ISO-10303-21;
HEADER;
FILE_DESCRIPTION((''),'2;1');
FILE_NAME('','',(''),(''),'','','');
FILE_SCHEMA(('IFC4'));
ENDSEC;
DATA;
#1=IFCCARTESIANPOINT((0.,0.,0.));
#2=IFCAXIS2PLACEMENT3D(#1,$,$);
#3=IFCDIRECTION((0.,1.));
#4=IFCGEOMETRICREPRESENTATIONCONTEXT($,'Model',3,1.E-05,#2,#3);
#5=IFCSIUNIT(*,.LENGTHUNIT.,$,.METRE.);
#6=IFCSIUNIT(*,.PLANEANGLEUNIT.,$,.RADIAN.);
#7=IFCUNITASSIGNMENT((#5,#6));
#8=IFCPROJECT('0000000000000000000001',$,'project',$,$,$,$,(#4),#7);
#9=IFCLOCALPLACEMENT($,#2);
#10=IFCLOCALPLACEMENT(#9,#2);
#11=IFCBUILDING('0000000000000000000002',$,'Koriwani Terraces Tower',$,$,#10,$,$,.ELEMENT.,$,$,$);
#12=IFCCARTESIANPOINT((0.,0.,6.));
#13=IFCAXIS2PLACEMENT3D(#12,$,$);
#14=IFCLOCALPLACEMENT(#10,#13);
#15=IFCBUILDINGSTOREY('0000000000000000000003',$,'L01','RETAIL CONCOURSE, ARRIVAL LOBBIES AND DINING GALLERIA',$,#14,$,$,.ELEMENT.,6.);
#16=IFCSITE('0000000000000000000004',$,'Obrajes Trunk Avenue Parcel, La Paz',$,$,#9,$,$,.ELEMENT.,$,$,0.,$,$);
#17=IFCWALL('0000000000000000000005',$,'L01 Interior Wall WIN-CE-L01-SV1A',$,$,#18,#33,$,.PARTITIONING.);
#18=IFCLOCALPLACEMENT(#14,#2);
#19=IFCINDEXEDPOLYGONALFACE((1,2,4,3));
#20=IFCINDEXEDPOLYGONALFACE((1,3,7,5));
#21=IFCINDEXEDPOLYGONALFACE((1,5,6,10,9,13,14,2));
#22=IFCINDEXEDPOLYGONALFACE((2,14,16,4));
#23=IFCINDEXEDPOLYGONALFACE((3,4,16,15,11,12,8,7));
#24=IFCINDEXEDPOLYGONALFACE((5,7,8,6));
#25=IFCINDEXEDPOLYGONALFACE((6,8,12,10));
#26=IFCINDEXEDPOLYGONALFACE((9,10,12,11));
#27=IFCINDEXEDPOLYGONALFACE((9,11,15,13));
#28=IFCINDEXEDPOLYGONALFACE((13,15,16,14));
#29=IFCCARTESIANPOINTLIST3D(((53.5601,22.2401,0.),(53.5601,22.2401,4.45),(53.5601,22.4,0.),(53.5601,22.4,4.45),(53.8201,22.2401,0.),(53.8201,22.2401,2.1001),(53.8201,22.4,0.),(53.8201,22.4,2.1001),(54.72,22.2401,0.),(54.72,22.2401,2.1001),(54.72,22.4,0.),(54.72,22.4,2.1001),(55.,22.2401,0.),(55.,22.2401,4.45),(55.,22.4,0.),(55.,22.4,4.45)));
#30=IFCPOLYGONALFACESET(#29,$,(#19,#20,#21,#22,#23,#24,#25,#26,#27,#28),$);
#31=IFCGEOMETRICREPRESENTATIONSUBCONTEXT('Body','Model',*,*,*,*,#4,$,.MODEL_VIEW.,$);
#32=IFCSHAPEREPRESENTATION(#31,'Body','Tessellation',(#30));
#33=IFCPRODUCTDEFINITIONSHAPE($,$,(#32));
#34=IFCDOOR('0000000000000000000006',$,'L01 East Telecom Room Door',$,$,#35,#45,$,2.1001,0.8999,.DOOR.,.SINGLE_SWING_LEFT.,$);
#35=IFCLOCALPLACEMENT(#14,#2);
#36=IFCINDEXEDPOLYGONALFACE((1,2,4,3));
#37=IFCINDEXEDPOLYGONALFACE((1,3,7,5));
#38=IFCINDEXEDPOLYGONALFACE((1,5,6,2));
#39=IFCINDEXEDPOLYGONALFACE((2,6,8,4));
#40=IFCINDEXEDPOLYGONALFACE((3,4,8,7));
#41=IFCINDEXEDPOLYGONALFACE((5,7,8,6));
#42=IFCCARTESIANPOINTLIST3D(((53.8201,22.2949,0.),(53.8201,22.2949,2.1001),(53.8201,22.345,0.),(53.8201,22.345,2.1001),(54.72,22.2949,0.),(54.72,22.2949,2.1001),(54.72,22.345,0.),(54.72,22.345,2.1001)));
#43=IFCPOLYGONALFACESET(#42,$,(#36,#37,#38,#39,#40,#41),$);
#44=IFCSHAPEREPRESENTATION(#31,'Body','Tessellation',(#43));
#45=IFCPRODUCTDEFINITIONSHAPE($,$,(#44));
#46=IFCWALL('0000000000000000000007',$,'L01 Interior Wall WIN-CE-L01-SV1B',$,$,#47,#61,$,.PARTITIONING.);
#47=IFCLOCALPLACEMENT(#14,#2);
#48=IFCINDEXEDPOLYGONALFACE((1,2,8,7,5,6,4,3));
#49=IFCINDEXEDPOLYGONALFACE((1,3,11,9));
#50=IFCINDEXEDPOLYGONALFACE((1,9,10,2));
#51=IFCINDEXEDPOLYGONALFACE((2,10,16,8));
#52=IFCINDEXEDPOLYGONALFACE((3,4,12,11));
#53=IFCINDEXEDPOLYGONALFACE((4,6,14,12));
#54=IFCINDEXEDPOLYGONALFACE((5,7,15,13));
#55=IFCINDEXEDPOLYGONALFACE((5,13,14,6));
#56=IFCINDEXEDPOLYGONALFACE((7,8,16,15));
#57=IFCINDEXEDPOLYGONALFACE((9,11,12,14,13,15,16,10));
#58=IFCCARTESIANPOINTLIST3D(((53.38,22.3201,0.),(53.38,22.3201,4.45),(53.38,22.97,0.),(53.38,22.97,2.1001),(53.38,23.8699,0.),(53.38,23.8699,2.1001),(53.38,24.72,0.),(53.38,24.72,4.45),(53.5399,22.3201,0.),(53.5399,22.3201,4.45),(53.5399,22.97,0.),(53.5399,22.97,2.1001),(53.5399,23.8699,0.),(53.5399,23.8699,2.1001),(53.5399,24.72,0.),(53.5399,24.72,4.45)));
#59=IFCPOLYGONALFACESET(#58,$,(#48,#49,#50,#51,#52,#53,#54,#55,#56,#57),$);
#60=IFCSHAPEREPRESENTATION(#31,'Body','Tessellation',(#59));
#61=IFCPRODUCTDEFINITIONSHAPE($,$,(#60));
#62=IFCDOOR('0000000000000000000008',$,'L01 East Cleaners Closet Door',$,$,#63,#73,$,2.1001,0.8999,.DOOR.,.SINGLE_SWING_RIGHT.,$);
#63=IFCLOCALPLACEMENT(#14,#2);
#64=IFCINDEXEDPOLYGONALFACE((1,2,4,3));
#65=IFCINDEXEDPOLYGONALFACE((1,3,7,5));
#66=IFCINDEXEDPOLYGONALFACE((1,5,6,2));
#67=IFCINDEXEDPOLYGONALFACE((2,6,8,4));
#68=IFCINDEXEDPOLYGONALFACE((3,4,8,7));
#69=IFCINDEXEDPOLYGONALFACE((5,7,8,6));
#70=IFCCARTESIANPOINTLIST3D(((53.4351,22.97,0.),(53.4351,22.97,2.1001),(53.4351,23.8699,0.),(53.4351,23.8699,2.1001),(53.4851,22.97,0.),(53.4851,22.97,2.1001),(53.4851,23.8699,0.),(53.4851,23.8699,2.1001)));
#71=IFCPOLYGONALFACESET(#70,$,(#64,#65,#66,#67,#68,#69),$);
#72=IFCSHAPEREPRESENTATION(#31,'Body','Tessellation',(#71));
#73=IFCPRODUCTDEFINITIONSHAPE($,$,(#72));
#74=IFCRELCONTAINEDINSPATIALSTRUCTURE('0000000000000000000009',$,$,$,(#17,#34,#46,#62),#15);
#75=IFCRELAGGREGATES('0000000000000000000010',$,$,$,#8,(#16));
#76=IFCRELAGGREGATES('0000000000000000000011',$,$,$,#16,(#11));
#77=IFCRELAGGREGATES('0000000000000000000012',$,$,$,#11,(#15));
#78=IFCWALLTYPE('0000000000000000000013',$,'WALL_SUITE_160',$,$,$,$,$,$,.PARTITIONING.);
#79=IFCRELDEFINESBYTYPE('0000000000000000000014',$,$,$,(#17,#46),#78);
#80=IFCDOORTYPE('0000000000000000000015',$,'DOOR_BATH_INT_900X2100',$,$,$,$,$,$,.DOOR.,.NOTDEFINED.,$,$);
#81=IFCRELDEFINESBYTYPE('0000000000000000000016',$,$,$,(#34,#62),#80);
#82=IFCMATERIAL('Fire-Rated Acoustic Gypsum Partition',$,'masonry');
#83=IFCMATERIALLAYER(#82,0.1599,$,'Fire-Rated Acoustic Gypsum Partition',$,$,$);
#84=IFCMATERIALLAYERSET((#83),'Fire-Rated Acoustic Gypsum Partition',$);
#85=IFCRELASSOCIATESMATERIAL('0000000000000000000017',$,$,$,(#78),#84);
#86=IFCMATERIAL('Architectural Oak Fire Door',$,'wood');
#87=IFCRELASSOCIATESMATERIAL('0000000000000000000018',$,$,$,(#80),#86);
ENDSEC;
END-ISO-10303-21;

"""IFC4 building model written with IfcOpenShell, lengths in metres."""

from ifc_helpers import new_model, si_unit, direction, frame, frame_2d, origin, place, context, subcontext, project, spatial, rectangle, extrude, material, layer, layer_set, type_object, element, fill, save


model = new_model("IFC4")

# Units and contexts
model_context = context("Model", 3, precision=1e-05, world=origin(), true_north=direction((0.0, 1.0)))
body_context = subcontext(model_context, "Body", "Model", "MODEL_VIEW")
ifc_project = project(units=[si_unit("LENGTHUNIT", "METRE"), si_unit("PLANEANGLEUNIT", "RADIAN")], contexts=[model_context])

# Site, building, storey
site_placement = place(None, origin())
site = spatial("IfcSite", under=ifc_project, at=site_placement, Name="Obrajes Trunk Avenue Parcel, La Paz", CompositionType="ELEMENT", RefElevation=0.0)
building_placement = place(site_placement, origin())
building = spatial("IfcBuilding", under=site, at=building_placement, Name="Koriwani Terraces Tower", CompositionType="ELEMENT")
storey_placement = place(building_placement, frame((0.0, 0.0, 6.0)))
storey = spatial("IfcBuildingStorey", under=building, at=storey_placement, Name="L01", Description="RETAIL CONCOURSE, ARRIVAL LOBBIES AND DINING GALLERIA", CompositionType="ELEMENT", Elevation=6.0)

# Walls, openings, doors
ifc_material_1 = material(Name="Fire-Rated Acoustic Gypsum Partition", Category="masonry")
ifc_layer_1 = layer(ifc_material_1, 0.1599, Name="Fire-Rated Acoustic Gypsum Partition")
ifc_layer_set_1 = layer_set([ifc_layer_1], Name="Fire-Rated Acoustic Gypsum Partition")
wall_type_1 = type_object("IfcWallType", Name="WALL_SUITE_160", PredefinedType="PARTITIONING", material=ifc_layer_set_1)
wall_1_placement = place(storey_placement, frame((53.5601, 22.3201, 0.0), z_axis=(0.0, 0.0, 1.0), x_axis=(1.0, 0.0, 0.0)))
wall_1 = element("IfcWall", 1, at=wall_1_placement, inside=storey, type_object=wall_type_1, Name="L01 Interior Wall WIN-CE-L01-SV1A", PredefinedType="PARTITIONING", context=body_context, shape_type="SweptSolid", body=[
    extrude(rectangle(XDim=1.4399, YDim=0.1599, at=frame_2d((0.72, 0.0))), origin(), (0.0, 0.0, 1.0), 4.45),
])
opening_1_placement = place(wall_1_placement, frame((0.26, 0.0, 0.0)))
opening_1 = element("IfcOpeningElement", 2, at=opening_1_placement, cuts=wall_1, PredefinedType="OPENING", context=body_context, shape_type="SweptSolid", body=[
    extrude(rectangle(XDim=0.8999, YDim=2.1001, at=frame_2d((0.45, 1.05))), frame((0.0, 0.0898, 0.0), z_axis=(0.0, -1.0, 0.0), x_axis=(1.0, 0.0, 0.0)), (0.0, 0.0, 1.0), 0.1799),
])
ifc_material_2 = material(Name="Architectural Oak Fire Door", Category="wood")
door_type_1 = type_object("IfcDoorType", Name="DOOR_BATH_INT_900X2100", OperationType="NOTDEFINED", PredefinedType="DOOR", material=ifc_material_2)
door_1_placement = place(opening_1_placement, origin())
door_1 = element("IfcDoor", 3, at=door_1_placement, inside=storey, type_object=door_type_1, Name="L01 East Telecom Room Door", OperationType="SINGLE_SWING_LEFT", OverallHeight=2.1001, OverallWidth=0.8999, PredefinedType="DOOR", context=body_context, shape_type="SweptSolid", body=[
    extrude(rectangle(XDim=0.8999, YDim=2.1001, at=frame_2d((0.45, 1.05))), frame((0.0, 0.0249, 0.0), z_axis=(0.0, -1.0, 0.0), x_axis=(1.0, 0.0, 0.0)), (0.0, 0.0, 1.0), 0.05),
])
fill(opening_1, door_1)
wall_2_placement = place(storey_placement, frame((53.46, 22.3201, 0.0), z_axis=(0.0, 0.0, 1.0), x_axis=(0.0, 1.0, 0.0)))
wall_2 = element("IfcWall", 4, at=wall_2_placement, inside=storey, type_object=wall_type_1, Name="L01 Interior Wall WIN-CE-L01-SV1B", PredefinedType="PARTITIONING", context=body_context, shape_type="SweptSolid", body=[
    extrude(rectangle(XDim=2.3999, YDim=0.1599, at=frame_2d((1.2, 0.0))), origin(), (0.0, 0.0, 1.0), 4.45),
])
opening_2_placement = place(wall_2_placement, frame((0.6499, 0.0, 0.0)))
opening_2 = element("IfcOpeningElement", 5, at=opening_2_placement, cuts=wall_2, PredefinedType="OPENING", context=body_context, shape_type="SweptSolid", body=[
    extrude(rectangle(XDim=0.8999, YDim=2.1001, at=frame_2d((0.45, 1.05))), frame((0.0, 0.0898, 0.0), z_axis=(0.0, -1.0, 0.0), x_axis=(1.0, 0.0, 0.0)), (0.0, 0.0, 1.0), 0.1799),
])
door_2_placement = place(opening_2_placement, origin())
door_2 = element("IfcDoor", 6, at=door_2_placement, inside=storey, type_object=door_type_1, Name="L01 East Cleaners Closet Door", OperationType="SINGLE_SWING_RIGHT", OverallHeight=2.1001, OverallWidth=0.8999, PredefinedType="DOOR", context=body_context, shape_type="SweptSolid", body=[
    extrude(rectangle(XDim=0.8999, YDim=2.1001, at=frame_2d((0.45, 1.05))), frame((0.0, 0.0249, 0.0), z_axis=(0.0, -1.0, 0.0), x_axis=(1.0, 0.0, 0.0)), (0.0, 0.0, 1.0), 0.05),
])
fill(opening_2, door_2)

save(model, "model.ifc")
